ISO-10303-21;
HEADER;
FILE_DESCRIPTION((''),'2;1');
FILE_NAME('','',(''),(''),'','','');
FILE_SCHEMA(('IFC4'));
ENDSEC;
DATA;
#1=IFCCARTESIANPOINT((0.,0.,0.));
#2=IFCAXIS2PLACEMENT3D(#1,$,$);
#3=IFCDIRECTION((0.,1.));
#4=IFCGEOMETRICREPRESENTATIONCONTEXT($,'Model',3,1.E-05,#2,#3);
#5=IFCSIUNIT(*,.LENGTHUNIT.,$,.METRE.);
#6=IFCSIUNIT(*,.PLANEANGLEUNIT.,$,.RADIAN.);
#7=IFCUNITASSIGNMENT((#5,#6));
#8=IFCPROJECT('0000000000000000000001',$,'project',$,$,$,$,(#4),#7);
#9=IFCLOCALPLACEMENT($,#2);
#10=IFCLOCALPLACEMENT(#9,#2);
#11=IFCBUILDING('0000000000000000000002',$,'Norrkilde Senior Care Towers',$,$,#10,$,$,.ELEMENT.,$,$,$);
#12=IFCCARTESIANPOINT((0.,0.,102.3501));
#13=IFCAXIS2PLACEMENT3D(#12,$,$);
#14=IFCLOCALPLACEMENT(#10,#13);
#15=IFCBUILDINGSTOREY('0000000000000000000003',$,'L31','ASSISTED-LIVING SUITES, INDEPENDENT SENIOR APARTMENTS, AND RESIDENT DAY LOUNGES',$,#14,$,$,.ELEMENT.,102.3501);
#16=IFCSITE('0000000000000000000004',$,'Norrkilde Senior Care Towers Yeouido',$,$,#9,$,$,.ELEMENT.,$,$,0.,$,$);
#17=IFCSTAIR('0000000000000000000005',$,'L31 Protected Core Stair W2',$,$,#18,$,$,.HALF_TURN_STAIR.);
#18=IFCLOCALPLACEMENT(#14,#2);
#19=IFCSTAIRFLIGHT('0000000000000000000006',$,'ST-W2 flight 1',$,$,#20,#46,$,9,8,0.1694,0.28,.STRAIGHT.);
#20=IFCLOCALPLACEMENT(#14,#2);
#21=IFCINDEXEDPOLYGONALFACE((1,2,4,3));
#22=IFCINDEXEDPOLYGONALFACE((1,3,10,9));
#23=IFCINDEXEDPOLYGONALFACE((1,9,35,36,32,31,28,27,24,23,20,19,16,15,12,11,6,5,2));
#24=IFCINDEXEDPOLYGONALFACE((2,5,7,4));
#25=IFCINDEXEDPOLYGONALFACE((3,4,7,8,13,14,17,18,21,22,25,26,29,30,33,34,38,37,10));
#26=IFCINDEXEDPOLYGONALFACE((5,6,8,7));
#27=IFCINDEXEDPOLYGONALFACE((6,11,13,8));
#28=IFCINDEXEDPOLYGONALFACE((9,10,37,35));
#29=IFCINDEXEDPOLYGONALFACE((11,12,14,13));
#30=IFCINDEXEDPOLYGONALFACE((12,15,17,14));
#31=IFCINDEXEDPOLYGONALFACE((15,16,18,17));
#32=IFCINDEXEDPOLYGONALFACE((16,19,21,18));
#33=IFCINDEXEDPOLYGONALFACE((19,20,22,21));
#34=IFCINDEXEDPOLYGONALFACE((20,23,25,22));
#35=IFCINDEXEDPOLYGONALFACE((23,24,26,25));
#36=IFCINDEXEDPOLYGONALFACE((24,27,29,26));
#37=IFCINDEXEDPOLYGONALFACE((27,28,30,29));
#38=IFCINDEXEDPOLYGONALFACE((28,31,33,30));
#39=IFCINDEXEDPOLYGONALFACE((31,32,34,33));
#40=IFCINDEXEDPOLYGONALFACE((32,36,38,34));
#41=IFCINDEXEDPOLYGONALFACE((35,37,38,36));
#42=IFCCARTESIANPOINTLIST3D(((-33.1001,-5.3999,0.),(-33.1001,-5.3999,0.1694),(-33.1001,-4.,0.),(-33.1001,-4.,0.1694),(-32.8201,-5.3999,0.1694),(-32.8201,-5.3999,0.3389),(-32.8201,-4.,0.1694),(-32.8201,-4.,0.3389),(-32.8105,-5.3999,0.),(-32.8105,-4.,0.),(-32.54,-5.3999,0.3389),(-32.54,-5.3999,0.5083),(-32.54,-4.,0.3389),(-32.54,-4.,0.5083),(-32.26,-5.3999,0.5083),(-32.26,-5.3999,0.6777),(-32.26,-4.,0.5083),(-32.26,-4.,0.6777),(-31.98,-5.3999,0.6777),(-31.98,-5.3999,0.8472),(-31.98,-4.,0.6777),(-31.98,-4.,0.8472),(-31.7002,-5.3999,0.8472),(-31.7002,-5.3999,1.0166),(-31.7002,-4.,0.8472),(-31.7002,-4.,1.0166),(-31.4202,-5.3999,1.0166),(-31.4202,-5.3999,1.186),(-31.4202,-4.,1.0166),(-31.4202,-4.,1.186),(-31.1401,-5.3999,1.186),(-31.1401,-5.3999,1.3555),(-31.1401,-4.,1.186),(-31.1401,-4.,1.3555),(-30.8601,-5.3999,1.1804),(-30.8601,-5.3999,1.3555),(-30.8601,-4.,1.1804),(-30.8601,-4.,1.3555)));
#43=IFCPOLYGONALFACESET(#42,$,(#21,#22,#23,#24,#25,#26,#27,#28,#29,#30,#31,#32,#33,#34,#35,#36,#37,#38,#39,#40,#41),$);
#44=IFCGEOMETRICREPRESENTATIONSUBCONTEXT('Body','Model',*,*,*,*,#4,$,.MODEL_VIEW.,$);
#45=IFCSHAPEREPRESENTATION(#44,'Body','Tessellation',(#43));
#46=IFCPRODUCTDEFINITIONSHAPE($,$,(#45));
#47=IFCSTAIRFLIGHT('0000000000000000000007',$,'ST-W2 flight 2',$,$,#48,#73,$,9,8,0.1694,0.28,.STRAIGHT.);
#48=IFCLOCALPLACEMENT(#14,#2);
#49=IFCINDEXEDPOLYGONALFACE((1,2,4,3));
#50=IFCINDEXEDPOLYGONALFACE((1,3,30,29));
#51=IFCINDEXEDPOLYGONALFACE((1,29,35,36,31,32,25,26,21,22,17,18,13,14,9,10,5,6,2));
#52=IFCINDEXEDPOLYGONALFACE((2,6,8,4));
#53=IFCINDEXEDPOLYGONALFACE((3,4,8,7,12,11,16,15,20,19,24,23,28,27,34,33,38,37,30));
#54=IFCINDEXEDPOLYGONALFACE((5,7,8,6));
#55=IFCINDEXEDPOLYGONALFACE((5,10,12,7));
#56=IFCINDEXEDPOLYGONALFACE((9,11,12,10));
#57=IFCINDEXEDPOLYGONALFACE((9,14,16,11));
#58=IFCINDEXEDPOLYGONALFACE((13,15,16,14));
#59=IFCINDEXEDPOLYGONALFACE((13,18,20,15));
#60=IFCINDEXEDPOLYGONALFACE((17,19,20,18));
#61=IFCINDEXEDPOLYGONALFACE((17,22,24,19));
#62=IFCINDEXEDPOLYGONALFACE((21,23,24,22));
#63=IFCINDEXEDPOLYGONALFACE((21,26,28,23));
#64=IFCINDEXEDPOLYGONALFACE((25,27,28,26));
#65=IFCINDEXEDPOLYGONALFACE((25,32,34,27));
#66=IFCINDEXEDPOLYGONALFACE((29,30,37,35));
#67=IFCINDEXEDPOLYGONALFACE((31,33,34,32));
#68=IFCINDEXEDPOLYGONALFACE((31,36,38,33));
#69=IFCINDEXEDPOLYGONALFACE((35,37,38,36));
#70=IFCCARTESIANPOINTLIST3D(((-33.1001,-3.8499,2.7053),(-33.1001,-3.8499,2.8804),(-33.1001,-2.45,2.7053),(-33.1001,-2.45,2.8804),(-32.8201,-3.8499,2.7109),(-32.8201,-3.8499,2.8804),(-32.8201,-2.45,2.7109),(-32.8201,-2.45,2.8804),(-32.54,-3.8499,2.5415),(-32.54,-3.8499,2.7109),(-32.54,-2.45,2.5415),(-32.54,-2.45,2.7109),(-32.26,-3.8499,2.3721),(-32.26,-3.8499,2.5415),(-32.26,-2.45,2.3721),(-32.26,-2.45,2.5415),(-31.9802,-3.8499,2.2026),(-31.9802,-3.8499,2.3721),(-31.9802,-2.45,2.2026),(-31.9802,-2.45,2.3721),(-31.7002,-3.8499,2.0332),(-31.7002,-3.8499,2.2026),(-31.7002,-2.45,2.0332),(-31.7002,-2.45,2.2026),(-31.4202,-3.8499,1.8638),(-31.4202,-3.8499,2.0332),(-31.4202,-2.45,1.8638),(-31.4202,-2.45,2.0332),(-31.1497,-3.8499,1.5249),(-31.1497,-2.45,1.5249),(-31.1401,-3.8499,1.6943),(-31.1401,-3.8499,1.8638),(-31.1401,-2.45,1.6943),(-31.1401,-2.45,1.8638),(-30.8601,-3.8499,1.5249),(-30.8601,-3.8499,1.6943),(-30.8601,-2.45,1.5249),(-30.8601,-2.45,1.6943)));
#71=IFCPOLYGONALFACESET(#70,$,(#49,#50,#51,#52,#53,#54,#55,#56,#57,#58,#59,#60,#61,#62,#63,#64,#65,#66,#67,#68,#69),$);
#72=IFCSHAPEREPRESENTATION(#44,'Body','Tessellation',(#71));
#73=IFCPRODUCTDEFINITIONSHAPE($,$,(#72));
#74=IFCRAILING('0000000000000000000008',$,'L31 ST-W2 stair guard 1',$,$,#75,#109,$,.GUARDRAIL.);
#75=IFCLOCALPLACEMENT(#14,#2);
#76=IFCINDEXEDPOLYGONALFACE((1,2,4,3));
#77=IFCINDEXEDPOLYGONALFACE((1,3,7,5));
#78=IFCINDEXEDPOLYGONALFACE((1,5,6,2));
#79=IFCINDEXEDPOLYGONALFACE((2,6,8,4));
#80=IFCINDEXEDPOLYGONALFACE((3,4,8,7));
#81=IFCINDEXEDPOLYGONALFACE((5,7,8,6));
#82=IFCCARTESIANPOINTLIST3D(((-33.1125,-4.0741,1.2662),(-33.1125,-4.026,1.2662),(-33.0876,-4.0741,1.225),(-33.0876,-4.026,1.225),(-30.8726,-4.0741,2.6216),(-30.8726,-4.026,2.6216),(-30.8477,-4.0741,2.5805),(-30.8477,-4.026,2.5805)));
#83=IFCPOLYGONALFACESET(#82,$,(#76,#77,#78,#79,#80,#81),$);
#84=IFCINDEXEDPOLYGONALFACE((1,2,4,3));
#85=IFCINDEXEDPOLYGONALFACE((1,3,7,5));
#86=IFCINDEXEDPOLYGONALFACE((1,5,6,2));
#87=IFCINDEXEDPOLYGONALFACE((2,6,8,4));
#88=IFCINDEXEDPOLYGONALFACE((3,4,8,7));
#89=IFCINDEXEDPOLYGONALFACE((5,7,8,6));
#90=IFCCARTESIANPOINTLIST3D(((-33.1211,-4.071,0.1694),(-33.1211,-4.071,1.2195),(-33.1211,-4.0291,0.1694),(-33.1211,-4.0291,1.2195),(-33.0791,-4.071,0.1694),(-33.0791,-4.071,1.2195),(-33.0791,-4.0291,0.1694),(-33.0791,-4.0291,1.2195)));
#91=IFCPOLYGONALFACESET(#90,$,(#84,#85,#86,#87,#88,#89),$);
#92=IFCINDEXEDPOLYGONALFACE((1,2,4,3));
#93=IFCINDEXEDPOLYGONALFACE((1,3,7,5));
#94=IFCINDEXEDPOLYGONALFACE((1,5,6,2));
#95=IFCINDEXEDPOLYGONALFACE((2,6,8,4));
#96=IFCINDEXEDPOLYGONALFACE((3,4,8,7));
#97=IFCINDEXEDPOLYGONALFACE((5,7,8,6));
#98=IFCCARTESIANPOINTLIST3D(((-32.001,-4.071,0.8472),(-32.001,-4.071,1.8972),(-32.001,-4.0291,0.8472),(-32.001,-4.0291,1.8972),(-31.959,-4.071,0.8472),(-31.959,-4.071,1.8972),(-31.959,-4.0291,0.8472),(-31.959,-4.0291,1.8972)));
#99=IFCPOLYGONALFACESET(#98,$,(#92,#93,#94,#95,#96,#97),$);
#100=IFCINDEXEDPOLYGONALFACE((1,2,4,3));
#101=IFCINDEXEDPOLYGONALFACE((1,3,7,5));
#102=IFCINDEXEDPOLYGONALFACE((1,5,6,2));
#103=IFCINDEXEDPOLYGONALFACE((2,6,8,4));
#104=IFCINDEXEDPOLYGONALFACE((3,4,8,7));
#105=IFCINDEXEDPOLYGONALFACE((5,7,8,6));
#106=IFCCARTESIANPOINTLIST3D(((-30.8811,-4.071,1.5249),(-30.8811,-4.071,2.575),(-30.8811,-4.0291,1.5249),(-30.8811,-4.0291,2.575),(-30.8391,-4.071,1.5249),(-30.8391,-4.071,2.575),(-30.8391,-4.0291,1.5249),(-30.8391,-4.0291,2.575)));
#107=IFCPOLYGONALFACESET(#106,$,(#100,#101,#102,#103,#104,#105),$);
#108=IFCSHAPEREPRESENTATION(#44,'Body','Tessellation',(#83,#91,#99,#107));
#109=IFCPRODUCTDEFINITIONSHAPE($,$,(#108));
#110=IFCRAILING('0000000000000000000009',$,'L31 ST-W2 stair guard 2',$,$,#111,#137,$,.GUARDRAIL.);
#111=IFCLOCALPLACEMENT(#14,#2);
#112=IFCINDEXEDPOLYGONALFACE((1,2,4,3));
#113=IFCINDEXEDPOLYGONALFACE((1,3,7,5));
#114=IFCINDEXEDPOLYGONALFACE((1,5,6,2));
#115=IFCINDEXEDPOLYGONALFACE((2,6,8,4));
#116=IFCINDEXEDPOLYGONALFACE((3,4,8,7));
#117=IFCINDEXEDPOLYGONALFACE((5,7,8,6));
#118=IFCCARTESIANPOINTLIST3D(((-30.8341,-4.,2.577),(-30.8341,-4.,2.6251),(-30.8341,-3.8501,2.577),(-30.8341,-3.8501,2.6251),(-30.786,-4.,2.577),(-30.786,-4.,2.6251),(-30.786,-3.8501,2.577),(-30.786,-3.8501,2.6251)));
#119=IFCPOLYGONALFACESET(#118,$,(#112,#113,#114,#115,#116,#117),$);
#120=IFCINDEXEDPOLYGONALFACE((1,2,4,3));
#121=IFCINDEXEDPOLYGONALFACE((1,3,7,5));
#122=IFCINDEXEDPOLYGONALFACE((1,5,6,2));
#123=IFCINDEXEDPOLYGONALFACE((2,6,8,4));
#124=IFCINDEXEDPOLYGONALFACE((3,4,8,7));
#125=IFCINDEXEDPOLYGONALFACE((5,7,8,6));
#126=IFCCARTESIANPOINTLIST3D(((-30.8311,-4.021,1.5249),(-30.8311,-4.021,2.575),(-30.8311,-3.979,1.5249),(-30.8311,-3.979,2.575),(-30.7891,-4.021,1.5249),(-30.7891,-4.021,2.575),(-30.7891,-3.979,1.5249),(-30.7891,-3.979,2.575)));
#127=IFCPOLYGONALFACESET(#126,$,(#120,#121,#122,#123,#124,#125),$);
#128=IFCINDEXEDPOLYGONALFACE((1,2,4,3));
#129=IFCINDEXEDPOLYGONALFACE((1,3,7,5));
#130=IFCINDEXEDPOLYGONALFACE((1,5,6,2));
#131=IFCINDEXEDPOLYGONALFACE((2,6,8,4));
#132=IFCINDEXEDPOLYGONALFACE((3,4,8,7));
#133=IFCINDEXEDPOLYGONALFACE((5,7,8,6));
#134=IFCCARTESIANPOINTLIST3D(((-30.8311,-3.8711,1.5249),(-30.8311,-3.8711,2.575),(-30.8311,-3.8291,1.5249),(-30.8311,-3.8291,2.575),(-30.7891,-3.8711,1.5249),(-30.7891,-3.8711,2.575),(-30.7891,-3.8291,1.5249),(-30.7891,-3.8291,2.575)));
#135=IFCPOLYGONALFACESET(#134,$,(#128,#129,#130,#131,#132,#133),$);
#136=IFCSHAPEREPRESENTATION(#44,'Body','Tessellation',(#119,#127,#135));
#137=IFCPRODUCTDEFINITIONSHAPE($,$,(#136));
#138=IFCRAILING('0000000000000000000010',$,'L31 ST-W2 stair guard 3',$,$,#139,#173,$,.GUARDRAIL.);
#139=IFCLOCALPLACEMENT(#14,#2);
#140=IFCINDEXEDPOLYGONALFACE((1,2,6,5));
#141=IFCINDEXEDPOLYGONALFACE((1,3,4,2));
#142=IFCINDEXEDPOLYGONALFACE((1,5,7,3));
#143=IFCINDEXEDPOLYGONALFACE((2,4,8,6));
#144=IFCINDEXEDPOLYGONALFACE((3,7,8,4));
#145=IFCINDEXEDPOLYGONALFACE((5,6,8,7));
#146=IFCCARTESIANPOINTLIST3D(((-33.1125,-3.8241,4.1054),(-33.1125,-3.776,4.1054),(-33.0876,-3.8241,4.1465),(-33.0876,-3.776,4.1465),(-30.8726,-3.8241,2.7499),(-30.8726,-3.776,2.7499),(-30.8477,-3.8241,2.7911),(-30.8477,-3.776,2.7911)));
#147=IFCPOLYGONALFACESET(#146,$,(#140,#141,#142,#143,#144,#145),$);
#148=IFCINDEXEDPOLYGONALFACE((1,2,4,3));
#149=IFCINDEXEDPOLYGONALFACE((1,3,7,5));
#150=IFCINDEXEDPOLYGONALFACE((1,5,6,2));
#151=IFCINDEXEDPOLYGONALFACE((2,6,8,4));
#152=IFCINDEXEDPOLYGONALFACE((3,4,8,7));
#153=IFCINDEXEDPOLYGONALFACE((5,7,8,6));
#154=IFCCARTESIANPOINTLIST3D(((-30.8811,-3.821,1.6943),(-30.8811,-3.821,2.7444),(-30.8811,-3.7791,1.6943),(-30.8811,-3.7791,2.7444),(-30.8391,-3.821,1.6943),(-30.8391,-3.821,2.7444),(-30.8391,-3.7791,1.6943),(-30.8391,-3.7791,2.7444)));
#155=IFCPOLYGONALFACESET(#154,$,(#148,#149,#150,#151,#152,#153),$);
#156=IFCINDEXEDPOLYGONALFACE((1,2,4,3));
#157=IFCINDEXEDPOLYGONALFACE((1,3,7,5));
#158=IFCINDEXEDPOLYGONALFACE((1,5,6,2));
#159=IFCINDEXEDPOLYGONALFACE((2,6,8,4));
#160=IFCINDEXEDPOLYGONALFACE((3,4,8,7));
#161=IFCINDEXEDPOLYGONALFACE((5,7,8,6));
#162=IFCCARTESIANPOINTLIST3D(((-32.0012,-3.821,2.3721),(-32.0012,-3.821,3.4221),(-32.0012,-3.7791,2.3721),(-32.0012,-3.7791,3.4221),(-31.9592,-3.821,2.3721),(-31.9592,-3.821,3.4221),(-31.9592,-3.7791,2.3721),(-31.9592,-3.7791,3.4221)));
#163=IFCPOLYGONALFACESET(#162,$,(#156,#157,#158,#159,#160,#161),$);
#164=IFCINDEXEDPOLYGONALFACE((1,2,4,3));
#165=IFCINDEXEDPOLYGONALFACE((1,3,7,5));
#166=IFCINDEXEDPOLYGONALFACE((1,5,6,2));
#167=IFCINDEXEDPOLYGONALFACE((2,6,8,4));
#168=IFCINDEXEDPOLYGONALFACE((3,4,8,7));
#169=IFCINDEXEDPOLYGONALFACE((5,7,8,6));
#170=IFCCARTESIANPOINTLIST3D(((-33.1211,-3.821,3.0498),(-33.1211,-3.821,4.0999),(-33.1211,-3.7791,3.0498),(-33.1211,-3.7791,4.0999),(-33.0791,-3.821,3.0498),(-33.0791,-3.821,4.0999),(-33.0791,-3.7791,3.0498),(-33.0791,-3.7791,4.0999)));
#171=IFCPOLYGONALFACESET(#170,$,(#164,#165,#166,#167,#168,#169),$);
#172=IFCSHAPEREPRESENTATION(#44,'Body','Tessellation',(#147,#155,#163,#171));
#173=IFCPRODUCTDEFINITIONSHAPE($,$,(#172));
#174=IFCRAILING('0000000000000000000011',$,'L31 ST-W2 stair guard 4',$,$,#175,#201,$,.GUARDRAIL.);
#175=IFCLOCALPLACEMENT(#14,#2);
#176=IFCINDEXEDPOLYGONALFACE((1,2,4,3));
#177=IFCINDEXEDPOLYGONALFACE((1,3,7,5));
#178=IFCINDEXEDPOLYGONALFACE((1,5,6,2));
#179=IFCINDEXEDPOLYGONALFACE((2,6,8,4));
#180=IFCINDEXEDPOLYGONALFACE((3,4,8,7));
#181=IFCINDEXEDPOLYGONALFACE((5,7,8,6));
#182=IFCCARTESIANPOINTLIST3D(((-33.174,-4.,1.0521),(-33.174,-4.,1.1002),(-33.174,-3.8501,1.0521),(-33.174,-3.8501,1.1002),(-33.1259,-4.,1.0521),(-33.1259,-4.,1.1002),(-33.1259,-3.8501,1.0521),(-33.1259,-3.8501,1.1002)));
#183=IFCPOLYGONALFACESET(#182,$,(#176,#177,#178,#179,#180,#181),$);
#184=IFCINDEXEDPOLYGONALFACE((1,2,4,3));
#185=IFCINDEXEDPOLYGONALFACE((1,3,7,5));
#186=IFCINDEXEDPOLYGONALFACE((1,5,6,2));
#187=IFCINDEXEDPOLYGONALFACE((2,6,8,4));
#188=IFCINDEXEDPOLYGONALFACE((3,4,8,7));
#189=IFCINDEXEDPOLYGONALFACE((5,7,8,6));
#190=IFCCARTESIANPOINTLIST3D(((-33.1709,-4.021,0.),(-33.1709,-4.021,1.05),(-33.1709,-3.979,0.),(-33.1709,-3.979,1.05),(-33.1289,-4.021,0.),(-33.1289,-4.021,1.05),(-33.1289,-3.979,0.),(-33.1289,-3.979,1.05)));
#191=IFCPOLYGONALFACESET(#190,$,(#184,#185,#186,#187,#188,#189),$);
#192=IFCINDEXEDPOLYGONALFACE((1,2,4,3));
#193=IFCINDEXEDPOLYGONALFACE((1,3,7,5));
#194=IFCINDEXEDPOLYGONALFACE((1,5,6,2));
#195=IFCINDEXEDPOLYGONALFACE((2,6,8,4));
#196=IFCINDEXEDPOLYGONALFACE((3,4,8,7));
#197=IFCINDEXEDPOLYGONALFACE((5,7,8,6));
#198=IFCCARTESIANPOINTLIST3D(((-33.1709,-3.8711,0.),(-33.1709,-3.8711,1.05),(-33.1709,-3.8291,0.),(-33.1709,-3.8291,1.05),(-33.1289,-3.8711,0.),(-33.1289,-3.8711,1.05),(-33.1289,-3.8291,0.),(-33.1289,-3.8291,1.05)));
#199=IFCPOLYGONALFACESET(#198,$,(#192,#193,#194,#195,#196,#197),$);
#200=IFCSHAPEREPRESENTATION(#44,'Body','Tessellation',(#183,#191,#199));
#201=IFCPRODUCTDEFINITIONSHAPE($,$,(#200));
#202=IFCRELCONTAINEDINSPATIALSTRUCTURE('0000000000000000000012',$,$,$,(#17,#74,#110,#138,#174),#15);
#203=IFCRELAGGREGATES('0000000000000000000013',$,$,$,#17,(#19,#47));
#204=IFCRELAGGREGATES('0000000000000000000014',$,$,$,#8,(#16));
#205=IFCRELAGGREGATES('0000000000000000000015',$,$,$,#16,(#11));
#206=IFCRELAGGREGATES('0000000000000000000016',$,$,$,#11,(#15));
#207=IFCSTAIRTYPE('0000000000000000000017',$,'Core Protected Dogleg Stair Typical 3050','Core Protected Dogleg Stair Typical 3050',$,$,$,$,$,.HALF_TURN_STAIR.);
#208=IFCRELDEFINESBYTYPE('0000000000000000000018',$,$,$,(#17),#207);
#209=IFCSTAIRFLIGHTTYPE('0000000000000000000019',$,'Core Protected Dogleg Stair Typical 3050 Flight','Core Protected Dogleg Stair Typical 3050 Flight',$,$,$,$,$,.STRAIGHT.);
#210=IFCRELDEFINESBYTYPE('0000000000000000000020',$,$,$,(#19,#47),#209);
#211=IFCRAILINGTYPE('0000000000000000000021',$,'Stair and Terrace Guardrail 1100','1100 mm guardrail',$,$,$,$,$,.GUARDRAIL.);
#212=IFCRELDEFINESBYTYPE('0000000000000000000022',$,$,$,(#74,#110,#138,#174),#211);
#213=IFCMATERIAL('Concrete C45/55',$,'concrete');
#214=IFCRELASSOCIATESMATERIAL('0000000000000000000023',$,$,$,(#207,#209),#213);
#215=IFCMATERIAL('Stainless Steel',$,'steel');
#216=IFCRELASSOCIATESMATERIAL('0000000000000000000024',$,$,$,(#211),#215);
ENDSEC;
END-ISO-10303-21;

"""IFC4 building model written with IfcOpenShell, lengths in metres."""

from ifc_helpers import new_model, si_unit, direction, frame, origin, origin_2d, place, context, subcontext, project, spatial, polyline, rectangle, outline, extrude, material, type_object, element, aggregate, save


model = new_model("IFC4")

# Units and contexts
model_context = context("Model", 3, precision=1e-05, world=origin(), true_north=direction((0.0, 1.0)))
body_context = subcontext(model_context, "Body", "Model", "MODEL_VIEW")
ifc_project = project(units=[si_unit("LENGTHUNIT", "METRE"), si_unit("PLANEANGLEUNIT", "RADIAN")], contexts=[model_context])

# Site, building, storey
site_placement = place(None, origin())
site = spatial("IfcSite", under=ifc_project, at=site_placement, Name="Norrkilde Senior Care Towers Yeouido", CompositionType="ELEMENT", RefElevation=0.0)
building_placement = place(site_placement, origin())
building = spatial("IfcBuilding", under=site, at=building_placement, Name="Norrkilde Senior Care Towers", CompositionType="ELEMENT")
storey_placement = place(building_placement, frame((0.0, 0.0, 102.3501)))
storey = spatial("IfcBuildingStorey", under=building, at=storey_placement, Name="L31", Description="ASSISTED-LIVING SUITES, INDEPENDENT SENIOR APARTMENTS, AND RESIDENT DAY LOUNGES", CompositionType="ELEMENT", Elevation=102.3501)

# Shared definitions
ifc_material_1 = material(Name="Concrete C45/55", Category="concrete")

# Stair, stair flights
stair_type = type_object("IfcStairType", Name="Core Protected Dogleg Stair Typical 3050", Description="Core Protected Dogleg Stair Typical 3050", PredefinedType="HALF_TURN_STAIR", material=ifc_material_1)
stair_placement = place(storey_placement, origin())
stair = element("IfcStair", 1, at=stair_placement, inside=storey, type_object=stair_type, Name="L31 Protected Core Stair W2", PredefinedType="HALF_TURN_STAIR")
stair_flight_type = type_object("IfcStairFlightType", Name="Core Protected Dogleg Stair Typical 3050 Flight", Description="Core Protected Dogleg Stair Typical 3050 Flight", PredefinedType="STRAIGHT", material=ifc_material_1)
stair_flight_1_placement = place(storey_placement, frame((-33.1001, -4.7, 0.0), z_axis=(0.0, 0.0, 1.0), x_axis=(1.0, 0.0, 0.0)))
stair_flight_1 = element("IfcStairFlight", 2, at=stair_flight_1_placement, type_object=stair_flight_type, Name="ST-W2 flight 1", NumberOfRisers=9, NumberOfTreads=8, PredefinedType="STRAIGHT", RiserHeight=0.1694, TreadLength=0.28, context=body_context, shape_type="SweptSolid", body=[
    extrude(outline(polyline([(0.0, 0.0), (0.0, 0.1694), (0.28, 0.1694), (0.28, 0.3389), (0.5601, 0.3389), (0.5601, 0.5083), (0.8401, 0.5083), (0.8401, 0.6777), (1.1201, 0.6777), (1.1201, 0.8472), (1.3999, 0.8472), (1.3999, 1.0166), (1.6799, 1.0166), (1.6799, 1.186), (1.96, 1.186), (1.96, 1.3555), (2.24, 1.3555), (2.24, 1.5249), (2.24, 1.1804), (0.2896, 0.0), (0.0, 0.0)])), frame((0.0, 0.7, 0.0), z_axis=(0.0, -1.0, 0.0), x_axis=(1.0, 0.0, 0.0)), (0.0, 0.0, 1.0), 1.3999),
])
stair_flight_2_placement = place(storey_placement, frame((-30.8601, -3.1499, 1.5249), z_axis=(0.0, 0.0, 1.0), x_axis=(-1.0, 0.0, 0.0)))
stair_flight_2 = element("IfcStairFlight", 3, at=stair_flight_2_placement, type_object=stair_flight_type, Name="ST-W2 flight 2", NumberOfRisers=9, NumberOfTreads=8, PredefinedType="STRAIGHT", RiserHeight=0.1694, TreadLength=0.28, context=body_context, shape_type="SweptSolid", body=[
    extrude(outline(polyline([(0.0, 0.0), (0.0, 0.1694), (0.28, 0.1694), (0.28, 0.3389), (0.5601, 0.3389), (0.5601, 0.5083), (0.8401, 0.5083), (0.8401, 0.6777), (1.1201, 0.6777), (1.1201, 0.8472), (1.3999, 0.8472), (1.3999, 1.0166), (1.6799, 1.0166), (1.6799, 1.186), (1.96, 1.186), (1.96, 1.3555), (2.24, 1.3555), (2.24, 1.5249), (2.24, 1.1804), (0.2896, 0.0), (0.0, 0.0)])), frame((0.0, 0.7, 0.0), z_axis=(0.0, -1.0, 0.0), x_axis=(1.0, 0.0, 0.0)), (0.0, 0.0, 1.0), 1.3999),
])
aggregate(stair, [stair_flight_1, stair_flight_2])

# Railings
ifc_material_2 = material(Name="Stainless Steel", Category="steel")
railing_type_1 = type_object("IfcRailingType", Name="Stair and Terrace Guardrail 1100", Description="1100 mm guardrail", PredefinedType="GUARDRAIL", material=ifc_material_2)
railing_1_placement = place(storey_placement, frame((-33.1001, -4.05, 0.1694)))
element("IfcRailing", 4, at=railing_1_placement, inside=storey, type_object=railing_type_1, Name="L31 ST-W2 stair guard 1", PredefinedType="GUARDRAIL", context=body_context, shape_type="SweptSolid", body=[
    extrude(rectangle(XDim=0.0481, YDim=0.0481, at=origin_2d()), frame((0.0, 0.0, 1.0762), z_axis=(0.855553, 0.0, 0.517715), x_axis=(0.0, 1.0, 0.0)), (0.0, 0.0, 1.0), 2.6182),
    extrude(rectangle(XDim=0.042, YDim=0.042, at=origin_2d()), origin(), (0.0, 0.0, 1.0), 1.05),
    extrude(rectangle(XDim=0.042, YDim=0.042, at=origin_2d()), frame((1.1201, 0.0, 0.6777)), (0.0, 0.0, 1.0), 1.05),
    extrude(rectangle(XDim=0.042, YDim=0.042, at=origin_2d()), frame((2.24, 0.0, 1.3555)), (0.0, 0.0, 1.0), 1.05),
])
railing_2_placement = place(storey_placement, frame((-30.8101, -4.0, 1.5249)))
element("IfcRailing", 5, at=railing_2_placement, inside=storey, type_object=railing_type_1, Name="L31 ST-W2 stair guard 2", PredefinedType="GUARDRAIL", context=body_context, shape_type="SweptSolid", body=[
    extrude(rectangle(XDim=0.0481, YDim=0.0481, at=origin_2d()), frame((0.0, 0.0, 1.0762), z_axis=(0.0, 1.0, 0.0), x_axis=(-1.0, 0.0, 0.0)), (0.0, 0.0, 1.0), 0.1499),
    extrude(rectangle(XDim=0.042, YDim=0.042, at=origin_2d()), origin(), (0.0, 0.0, 1.0), 1.05),
    extrude(rectangle(XDim=0.042, YDim=0.042, at=origin_2d()), frame((0.0, 0.1499, 0.0)), (0.0, 0.0, 1.0), 1.05),
])
railing_3_placement = place(storey_placement, frame((-30.8601, -3.8, 1.6943)))
element("IfcRailing", 6, at=railing_3_placement, inside=storey, type_object=railing_type_1, Name="L31 ST-W2 stair guard 3", PredefinedType="GUARDRAIL", context=body_context, shape_type="SweptSolid", body=[
    extrude(rectangle(XDim=0.0481, YDim=0.0481, at=origin_2d()), frame((0.0, 0.0, 1.0762), z_axis=(-0.855553, 0.0, 0.517715), x_axis=(0.0, -1.0, 0.0)), (0.0, 0.0, 1.0), 2.6182),
    extrude(rectangle(XDim=0.042, YDim=0.042, at=origin_2d()), origin(), (0.0, 0.0, 1.0), 1.05),
    extrude(rectangle(XDim=0.042, YDim=0.042, at=origin_2d()), frame((-1.1201, 0.0, 0.6777)), (0.0, 0.0, 1.0), 1.05),
    extrude(rectangle(XDim=0.042, YDim=0.042, at=origin_2d()), frame((-2.24, 0.0, 1.3555)), (0.0, 0.0, 1.0), 1.05),
])
railing_4_placement = place(storey_placement, frame((-33.1499, -4.0, 0.0)))
element("IfcRailing", 7, at=railing_4_placement, inside=storey, type_object=railing_type_1, Name="L31 ST-W2 stair guard 4", PredefinedType="GUARDRAIL", context=body_context, shape_type="SweptSolid", body=[
    extrude(rectangle(XDim=0.0481, YDim=0.0481, at=origin_2d()), frame((0.0, 0.0, 1.0762), z_axis=(0.0, 1.0, 0.0), x_axis=(-1.0, 0.0, 0.0)), (0.0, 0.0, 1.0), 0.1499),
    extrude(rectangle(XDim=0.042, YDim=0.042, at=origin_2d()), origin(), (0.0, 0.0, 1.0), 1.05),
    extrude(rectangle(XDim=0.042, YDim=0.042, at=origin_2d()), frame((0.0, 0.1499, 0.0)), (0.0, 0.0, 1.0), 1.05),
])

save(model, "model.ifc")
